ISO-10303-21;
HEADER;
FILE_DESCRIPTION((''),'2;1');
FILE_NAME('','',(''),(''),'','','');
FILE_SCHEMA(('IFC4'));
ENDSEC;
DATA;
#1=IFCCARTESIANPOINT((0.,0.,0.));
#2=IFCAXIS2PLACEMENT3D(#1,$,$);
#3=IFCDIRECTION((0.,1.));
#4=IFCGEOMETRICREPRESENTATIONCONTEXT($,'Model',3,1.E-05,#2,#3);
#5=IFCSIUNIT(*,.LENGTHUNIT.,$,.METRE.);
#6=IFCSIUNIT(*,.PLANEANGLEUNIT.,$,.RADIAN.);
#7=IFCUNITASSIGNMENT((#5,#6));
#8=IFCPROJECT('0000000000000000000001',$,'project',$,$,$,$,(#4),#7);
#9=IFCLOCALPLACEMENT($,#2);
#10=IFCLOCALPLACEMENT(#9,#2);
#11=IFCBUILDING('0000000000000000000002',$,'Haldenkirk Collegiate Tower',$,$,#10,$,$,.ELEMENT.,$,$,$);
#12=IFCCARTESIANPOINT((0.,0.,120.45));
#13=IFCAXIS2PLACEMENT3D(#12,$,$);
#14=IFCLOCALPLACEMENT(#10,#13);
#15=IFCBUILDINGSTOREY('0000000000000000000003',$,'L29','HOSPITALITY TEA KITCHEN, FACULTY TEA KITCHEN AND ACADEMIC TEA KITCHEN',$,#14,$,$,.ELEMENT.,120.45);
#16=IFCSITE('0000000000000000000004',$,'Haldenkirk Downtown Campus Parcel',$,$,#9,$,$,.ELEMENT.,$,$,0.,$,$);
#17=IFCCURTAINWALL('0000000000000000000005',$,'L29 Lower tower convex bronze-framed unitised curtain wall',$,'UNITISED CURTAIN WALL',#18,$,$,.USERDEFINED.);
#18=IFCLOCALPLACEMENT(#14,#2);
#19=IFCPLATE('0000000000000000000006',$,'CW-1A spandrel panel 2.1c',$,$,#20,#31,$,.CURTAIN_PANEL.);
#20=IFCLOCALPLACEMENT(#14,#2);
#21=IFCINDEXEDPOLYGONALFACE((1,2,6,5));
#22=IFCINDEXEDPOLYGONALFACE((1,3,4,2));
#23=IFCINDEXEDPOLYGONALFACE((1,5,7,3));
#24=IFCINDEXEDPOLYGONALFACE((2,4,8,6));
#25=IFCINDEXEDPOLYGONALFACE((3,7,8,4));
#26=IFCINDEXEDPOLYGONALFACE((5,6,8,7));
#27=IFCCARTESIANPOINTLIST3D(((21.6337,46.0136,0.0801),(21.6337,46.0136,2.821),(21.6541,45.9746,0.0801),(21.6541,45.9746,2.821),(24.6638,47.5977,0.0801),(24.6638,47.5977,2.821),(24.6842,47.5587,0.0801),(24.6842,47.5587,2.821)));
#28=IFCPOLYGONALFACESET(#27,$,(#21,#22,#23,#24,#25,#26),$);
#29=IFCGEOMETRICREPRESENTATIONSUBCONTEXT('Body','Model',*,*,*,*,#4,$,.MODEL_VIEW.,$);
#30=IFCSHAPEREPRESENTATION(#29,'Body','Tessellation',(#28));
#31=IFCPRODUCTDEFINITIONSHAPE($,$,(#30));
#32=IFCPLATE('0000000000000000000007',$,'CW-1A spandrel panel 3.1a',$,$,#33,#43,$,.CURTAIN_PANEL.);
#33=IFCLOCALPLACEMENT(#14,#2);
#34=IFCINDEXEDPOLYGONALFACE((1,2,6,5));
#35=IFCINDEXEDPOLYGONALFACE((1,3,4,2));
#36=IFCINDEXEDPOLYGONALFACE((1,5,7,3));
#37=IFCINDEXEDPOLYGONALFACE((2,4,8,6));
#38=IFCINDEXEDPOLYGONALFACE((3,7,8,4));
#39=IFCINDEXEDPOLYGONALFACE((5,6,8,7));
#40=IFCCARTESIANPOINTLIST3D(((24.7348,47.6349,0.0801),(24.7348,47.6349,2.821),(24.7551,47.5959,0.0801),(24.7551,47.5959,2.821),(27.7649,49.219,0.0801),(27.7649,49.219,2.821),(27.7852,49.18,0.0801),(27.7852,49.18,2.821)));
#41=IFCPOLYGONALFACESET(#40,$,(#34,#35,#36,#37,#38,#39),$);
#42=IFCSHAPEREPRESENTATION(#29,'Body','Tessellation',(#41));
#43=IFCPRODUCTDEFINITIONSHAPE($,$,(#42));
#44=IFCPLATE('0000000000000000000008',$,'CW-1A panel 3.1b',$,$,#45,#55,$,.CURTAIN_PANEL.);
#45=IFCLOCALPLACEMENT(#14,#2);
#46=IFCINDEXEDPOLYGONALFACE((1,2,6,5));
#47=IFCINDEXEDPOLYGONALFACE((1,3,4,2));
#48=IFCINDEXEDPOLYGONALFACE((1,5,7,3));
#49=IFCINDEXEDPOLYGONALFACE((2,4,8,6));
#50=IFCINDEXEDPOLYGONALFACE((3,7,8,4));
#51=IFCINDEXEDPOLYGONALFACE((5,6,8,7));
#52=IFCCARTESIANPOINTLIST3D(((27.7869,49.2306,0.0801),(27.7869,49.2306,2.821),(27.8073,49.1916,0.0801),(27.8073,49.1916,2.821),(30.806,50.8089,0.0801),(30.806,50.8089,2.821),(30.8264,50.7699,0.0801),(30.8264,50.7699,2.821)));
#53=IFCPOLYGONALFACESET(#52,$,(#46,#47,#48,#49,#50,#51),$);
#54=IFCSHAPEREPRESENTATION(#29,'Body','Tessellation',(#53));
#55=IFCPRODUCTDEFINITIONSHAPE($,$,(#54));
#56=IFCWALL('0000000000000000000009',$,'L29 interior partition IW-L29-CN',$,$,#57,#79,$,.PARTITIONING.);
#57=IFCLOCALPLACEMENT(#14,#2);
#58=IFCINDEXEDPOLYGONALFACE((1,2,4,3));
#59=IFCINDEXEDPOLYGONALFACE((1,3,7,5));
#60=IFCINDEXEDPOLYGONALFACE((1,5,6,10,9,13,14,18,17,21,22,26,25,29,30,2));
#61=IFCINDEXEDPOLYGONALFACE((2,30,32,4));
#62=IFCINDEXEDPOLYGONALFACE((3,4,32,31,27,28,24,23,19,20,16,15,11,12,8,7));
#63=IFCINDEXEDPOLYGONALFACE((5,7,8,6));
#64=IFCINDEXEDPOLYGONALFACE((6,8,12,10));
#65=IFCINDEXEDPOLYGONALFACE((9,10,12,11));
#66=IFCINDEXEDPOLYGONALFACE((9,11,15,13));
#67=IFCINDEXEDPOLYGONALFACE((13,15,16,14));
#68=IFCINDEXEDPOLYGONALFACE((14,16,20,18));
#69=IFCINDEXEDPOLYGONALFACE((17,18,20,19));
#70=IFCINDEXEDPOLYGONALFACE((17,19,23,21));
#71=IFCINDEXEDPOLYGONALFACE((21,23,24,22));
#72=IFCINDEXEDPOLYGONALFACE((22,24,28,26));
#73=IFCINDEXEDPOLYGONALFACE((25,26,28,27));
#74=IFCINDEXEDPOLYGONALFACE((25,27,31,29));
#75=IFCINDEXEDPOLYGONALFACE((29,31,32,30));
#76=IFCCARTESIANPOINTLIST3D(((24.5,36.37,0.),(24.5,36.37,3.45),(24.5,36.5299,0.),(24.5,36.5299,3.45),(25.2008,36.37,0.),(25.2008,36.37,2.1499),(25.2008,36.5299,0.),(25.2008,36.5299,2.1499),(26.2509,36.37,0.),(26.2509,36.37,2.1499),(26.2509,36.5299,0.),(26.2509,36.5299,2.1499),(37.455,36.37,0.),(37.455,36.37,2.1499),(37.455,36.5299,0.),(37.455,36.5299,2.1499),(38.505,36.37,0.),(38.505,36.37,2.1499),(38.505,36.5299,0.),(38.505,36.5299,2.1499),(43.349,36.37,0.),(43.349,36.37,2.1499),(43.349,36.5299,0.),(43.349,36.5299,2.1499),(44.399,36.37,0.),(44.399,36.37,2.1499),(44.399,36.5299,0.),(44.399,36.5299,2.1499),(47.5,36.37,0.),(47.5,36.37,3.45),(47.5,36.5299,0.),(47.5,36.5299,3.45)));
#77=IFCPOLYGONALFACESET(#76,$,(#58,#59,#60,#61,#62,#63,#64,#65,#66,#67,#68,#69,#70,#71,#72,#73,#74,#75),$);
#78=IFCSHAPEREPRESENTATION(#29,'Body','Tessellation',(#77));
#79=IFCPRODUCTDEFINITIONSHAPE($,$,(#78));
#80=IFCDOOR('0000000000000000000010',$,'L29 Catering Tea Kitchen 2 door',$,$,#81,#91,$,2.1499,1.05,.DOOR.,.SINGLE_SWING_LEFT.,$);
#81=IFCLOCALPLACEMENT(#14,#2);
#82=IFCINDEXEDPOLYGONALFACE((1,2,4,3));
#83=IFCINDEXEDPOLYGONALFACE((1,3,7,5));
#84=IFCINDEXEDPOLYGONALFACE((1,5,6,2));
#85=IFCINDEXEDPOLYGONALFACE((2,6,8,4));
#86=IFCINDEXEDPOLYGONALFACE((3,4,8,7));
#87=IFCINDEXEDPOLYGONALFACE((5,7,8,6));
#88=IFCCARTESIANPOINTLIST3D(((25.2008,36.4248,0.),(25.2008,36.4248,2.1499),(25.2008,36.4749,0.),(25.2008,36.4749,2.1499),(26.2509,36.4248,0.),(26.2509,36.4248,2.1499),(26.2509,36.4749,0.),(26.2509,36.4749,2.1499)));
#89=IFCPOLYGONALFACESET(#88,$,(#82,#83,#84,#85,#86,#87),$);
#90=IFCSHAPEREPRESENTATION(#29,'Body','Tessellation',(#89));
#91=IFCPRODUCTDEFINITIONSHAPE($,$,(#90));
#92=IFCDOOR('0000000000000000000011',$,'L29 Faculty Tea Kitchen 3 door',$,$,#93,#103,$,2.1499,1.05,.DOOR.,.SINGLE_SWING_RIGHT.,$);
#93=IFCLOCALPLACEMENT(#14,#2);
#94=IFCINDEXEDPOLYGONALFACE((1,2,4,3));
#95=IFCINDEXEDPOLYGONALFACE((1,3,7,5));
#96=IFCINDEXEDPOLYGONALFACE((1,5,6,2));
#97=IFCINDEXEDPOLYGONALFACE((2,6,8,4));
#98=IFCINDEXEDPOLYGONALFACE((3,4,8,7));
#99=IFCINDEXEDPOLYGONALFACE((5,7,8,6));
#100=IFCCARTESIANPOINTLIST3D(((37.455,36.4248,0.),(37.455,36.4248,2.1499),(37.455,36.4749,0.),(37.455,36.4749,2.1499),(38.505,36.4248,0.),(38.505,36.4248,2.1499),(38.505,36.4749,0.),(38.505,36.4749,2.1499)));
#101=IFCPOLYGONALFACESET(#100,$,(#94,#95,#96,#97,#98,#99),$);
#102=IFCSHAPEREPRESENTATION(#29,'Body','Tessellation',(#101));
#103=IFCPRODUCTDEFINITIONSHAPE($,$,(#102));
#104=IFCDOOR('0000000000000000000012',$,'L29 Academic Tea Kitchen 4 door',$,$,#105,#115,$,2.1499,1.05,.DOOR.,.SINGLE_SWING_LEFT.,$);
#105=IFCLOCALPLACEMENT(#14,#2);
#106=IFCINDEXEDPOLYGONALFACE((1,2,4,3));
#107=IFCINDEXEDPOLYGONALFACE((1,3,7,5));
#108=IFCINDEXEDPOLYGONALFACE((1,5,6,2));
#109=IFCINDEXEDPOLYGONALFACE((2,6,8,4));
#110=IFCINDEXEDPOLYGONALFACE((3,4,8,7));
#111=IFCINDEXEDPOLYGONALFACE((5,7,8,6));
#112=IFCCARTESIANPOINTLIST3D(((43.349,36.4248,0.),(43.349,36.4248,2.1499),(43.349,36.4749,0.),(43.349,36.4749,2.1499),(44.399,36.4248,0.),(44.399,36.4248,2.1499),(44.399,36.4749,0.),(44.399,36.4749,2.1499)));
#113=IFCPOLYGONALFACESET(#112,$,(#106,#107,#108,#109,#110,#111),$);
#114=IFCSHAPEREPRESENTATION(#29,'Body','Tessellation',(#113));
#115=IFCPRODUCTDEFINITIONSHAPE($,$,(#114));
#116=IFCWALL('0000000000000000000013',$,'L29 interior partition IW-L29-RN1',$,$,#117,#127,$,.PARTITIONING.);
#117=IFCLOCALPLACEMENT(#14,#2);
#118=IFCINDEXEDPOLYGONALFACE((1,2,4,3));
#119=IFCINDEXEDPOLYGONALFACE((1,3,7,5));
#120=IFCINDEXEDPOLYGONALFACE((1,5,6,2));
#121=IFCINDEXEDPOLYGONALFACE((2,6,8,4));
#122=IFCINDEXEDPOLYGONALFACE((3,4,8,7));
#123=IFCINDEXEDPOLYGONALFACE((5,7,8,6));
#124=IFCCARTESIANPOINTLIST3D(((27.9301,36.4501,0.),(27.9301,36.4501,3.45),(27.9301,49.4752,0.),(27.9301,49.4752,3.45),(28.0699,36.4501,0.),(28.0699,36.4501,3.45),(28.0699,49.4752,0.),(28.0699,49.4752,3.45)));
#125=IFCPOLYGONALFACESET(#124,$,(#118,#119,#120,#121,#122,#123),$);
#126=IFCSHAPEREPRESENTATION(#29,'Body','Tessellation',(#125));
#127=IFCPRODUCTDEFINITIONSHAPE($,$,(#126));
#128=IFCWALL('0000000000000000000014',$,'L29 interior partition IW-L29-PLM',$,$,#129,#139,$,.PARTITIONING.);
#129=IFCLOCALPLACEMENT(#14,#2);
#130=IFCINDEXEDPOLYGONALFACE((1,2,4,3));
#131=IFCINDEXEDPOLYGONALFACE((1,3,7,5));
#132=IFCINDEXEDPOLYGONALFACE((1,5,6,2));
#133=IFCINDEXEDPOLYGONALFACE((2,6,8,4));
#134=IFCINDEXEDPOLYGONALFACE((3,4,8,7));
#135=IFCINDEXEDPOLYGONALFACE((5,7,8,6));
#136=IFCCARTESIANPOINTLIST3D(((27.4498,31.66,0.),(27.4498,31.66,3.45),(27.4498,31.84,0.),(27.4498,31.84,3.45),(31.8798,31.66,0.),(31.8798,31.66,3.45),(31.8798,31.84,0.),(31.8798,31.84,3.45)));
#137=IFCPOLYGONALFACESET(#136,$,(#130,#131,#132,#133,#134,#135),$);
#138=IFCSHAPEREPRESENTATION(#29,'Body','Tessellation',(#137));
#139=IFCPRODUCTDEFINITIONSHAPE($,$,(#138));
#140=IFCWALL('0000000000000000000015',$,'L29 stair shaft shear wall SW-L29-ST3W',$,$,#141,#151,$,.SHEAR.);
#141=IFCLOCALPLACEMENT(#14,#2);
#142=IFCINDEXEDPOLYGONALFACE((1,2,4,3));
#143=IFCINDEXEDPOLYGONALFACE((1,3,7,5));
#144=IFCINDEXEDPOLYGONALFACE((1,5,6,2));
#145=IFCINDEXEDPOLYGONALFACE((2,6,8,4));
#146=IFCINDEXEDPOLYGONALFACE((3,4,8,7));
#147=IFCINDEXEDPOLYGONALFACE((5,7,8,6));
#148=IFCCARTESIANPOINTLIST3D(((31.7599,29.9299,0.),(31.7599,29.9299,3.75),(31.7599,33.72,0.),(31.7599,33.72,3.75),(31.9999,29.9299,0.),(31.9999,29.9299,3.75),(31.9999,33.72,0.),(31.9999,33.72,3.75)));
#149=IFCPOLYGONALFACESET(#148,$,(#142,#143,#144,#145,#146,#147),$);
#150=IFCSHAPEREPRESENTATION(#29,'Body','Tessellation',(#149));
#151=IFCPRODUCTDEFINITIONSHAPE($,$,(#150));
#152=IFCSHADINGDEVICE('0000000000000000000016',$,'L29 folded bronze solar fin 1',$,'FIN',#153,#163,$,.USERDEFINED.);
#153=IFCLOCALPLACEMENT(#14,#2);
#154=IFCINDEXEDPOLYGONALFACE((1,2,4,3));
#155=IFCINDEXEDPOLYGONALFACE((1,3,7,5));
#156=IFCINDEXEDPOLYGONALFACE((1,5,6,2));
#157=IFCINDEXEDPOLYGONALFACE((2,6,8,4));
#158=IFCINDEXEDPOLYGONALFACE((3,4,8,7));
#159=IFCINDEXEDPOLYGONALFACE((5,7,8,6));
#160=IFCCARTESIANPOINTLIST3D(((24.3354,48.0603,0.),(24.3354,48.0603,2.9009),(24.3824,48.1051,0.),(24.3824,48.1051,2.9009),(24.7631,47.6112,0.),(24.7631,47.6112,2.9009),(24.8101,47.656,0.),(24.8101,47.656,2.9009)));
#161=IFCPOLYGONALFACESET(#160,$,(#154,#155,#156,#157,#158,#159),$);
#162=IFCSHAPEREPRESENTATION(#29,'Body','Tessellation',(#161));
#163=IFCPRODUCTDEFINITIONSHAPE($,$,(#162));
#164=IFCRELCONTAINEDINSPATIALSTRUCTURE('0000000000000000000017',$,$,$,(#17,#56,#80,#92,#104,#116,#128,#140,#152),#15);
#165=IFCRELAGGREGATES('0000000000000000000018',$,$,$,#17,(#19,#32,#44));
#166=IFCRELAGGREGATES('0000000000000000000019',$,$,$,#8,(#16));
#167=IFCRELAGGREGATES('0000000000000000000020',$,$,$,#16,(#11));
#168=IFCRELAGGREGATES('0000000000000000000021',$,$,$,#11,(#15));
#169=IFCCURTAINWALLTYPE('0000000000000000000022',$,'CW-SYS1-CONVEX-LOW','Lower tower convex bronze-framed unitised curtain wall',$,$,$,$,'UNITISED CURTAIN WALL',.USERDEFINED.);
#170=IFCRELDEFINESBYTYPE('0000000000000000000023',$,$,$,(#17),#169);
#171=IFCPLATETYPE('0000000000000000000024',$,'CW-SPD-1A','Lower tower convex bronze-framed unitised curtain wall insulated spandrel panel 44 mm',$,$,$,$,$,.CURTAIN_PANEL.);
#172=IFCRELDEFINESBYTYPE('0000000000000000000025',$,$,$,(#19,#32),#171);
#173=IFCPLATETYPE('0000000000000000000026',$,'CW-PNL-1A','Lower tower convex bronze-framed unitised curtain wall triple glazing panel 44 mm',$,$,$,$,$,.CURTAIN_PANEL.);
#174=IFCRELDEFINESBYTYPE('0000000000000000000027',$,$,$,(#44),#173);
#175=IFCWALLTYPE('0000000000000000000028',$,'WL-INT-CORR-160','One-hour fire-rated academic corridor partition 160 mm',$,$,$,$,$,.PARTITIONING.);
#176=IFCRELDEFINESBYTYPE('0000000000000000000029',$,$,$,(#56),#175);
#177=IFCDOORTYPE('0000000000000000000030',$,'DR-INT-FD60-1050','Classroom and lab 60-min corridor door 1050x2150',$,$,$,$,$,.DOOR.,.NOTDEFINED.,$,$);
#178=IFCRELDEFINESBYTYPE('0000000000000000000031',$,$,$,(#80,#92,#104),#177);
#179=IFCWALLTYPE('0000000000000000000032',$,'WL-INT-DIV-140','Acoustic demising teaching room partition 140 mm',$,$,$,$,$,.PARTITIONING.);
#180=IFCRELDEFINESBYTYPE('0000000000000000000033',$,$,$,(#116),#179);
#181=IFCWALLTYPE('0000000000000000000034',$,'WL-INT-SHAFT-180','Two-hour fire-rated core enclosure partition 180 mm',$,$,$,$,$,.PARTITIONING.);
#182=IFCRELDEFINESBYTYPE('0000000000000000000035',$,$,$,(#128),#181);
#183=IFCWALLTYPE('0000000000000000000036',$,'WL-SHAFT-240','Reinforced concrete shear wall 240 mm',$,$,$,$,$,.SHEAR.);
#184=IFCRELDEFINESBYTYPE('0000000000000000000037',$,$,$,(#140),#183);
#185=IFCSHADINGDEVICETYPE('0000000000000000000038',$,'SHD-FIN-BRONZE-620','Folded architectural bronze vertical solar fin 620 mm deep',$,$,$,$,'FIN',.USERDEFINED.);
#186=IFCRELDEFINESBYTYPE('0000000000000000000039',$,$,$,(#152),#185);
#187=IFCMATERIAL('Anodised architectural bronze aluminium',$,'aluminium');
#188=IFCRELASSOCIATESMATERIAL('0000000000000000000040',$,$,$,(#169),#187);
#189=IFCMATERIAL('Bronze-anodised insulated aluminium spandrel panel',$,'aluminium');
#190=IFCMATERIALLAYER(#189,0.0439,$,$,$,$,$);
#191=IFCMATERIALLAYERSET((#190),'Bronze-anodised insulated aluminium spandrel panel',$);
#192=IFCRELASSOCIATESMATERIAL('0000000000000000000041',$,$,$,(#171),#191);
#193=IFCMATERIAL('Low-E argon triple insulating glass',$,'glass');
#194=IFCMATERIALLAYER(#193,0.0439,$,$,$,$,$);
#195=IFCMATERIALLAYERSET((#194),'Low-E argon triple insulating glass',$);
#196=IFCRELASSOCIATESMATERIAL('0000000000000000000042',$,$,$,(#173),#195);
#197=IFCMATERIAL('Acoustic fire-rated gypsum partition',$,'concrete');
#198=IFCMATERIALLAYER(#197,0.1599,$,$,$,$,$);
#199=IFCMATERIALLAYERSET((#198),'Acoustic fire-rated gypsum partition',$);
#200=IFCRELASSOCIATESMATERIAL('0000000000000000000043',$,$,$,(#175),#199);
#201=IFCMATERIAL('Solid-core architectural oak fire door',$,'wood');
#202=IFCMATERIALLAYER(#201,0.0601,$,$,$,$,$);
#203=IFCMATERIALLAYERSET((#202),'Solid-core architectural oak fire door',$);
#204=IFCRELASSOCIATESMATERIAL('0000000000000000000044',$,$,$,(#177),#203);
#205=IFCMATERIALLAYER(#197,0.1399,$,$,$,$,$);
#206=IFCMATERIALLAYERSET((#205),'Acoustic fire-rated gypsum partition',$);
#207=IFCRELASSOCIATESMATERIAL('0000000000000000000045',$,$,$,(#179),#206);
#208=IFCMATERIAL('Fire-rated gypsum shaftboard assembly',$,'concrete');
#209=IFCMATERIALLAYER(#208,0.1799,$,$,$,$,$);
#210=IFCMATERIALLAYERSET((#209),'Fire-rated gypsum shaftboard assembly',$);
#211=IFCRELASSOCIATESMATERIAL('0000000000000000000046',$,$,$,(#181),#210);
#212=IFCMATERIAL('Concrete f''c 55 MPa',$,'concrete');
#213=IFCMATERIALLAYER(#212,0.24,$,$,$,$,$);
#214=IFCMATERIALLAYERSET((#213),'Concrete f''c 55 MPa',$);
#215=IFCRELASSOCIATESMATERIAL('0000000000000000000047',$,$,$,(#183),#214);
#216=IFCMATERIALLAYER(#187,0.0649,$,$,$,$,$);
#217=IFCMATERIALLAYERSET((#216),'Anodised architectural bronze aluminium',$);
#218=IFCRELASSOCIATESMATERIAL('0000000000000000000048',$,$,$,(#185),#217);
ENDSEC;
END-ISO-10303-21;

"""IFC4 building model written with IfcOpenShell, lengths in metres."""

from ifc_helpers import new_model, si_unit, direction, frame, frame_2d, origin, origin_2d, place, context, subcontext, project, spatial, rectangle, extrude, source, transform, mapped, material, layer, layer_set, type_object, element, fill, aggregate, save


model = new_model("IFC4")

# Units and contexts
model_context = context("Model", 3, precision=1e-05, world=origin(), true_north=direction((0.0, 1.0)))
body_context = subcontext(model_context, "Body", "Model", "MODEL_VIEW")
ifc_project = project(units=[si_unit("LENGTHUNIT", "METRE"), si_unit("PLANEANGLEUNIT", "RADIAN")], contexts=[model_context])

# Site, building, storey
site_placement = place(None, origin())
site = spatial("IfcSite", under=ifc_project, at=site_placement, Name="Haldenkirk Downtown Campus Parcel", CompositionType="ELEMENT", RefElevation=0.0)
building_placement = place(site_placement, origin())
building = spatial("IfcBuilding", under=site, at=building_placement, Name="Haldenkirk Collegiate Tower", CompositionType="ELEMENT")
storey_placement = place(building_placement, frame((0.0, 0.0, 120.45)))
storey = spatial("IfcBuildingStorey", under=building, at=storey_placement, Name="L29", Description="HOSPITALITY TEA KITCHEN, FACULTY TEA KITCHEN AND ACADEMIC TEA KITCHEN", CompositionType="ELEMENT", Elevation=120.45)

# Curtain wall
ifc_material_1 = material(Name="Anodised architectural bronze aluminium", Category="aluminium")
curtain_wall_type = type_object("IfcCurtainWallType", Name="CW-SYS1-CONVEX-LOW", Description="Lower tower convex bronze-framed unitised curtain wall", ElementType="UNITISED CURTAIN WALL", PredefinedType="USERDEFINED", material=ifc_material_1)
curtain_wall_placement = place(storey_placement, origin())
curtain_wall = element("IfcCurtainWall", 1, at=curtain_wall_placement, inside=storey, type_object=curtain_wall_type, Name="L29 Lower tower convex bronze-framed unitised curtain wall", ObjectType="UNITISED CURTAIN WALL", PredefinedType="USERDEFINED")

# Plates
ifc_material_2 = material(Name="Bronze-anodised insulated aluminium spandrel panel", Category="aluminium")
ifc_layer_1 = layer(ifc_material_2, 0.0439)
ifc_layer_set_1 = layer_set([ifc_layer_1], Name="Bronze-anodised insulated aluminium spandrel panel")
plate_type_1 = type_object("IfcPlateType", Name="CW-SPD-1A", Description="Lower tower convex bronze-framed unitised curtain wall insulated spandrel panel 44 mm", PredefinedType="CURTAIN_PANEL", material=ifc_layer_set_1)
shared_shape_1 = source(origin(), body_context, "Body", "SweptSolid", [
    extrude(rectangle(XDim=3.4192, YDim=0.0439, at=origin_2d()), origin(), (0.0, 0.0, 1.0), 2.741),
])
plate_1_placement = place(storey_placement, frame((23.1589, 46.7861, 0.0801), z_axis=(0.0, 0.0, 1.0), x_axis=(0.886203, 0.463297, 0.0)))
plate_1 = element("IfcPlate", 2, at=plate_1_placement, type_object=plate_type_1, Name="CW-1A spandrel panel 2.1c", PredefinedType="CURTAIN_PANEL", context=body_context, shape_type="MappedRepresentation", body=[
    mapped(shared_shape_1, transform((0.0, 0.0, 0.0), x_axis=(1.0, 0.0, 0.0), y_axis=(0.0, 1.0, 0.0), z_axis=(0.0, 0.0, 1.0), scale=1.0)),
])
plate_2_placement = place(storey_placement, frame((26.26, 48.4075, 0.0801), z_axis=(0.0, 0.0, 1.0), x_axis=(0.886203, 0.463297, 0.0)))
plate_2 = element("IfcPlate", 3, at=plate_2_placement, type_object=plate_type_1, Name="CW-1A spandrel panel 3.1a", PredefinedType="CURTAIN_PANEL", context=body_context, shape_type="MappedRepresentation", body=[
    mapped(shared_shape_1, transform((0.0, 0.0, 0.0), x_axis=(1.0, 0.0, 0.0), y_axis=(0.0, 1.0, 0.0), z_axis=(0.0, 0.0, 1.0), scale=1.0)),
])
ifc_material_3 = material(Name="Low-E argon triple insulating glass", Category="glass")
ifc_layer_2 = layer(ifc_material_3, 0.0439)
ifc_layer_set_2 = layer_set([ifc_layer_2], Name="Low-E argon triple insulating glass")
plate_type_2 = type_object("IfcPlateType", Name="CW-PNL-1A", Description="Lower tower convex bronze-framed unitised curtain wall triple glazing panel 44 mm", PredefinedType="CURTAIN_PANEL", material=ifc_layer_set_2)
shared_shape_2 = source(origin(), body_context, "Body", "SweptSolid", [
    extrude(rectangle(XDim=3.4067, YDim=0.0439, at=origin_2d()), origin(), (0.0, 0.0, 1.0), 2.741),
])
plate_3_placement = place(storey_placement, frame((29.3066, 50.0002, 0.0801), z_axis=(0.0, 0.0, 1.0), x_axis=(0.886203, 0.463297, 0.0)))
plate_3 = element("IfcPlate", 4, at=plate_3_placement, type_object=plate_type_2, Name="CW-1A panel 3.1b", PredefinedType="CURTAIN_PANEL", context=body_context, shape_type="MappedRepresentation", body=[
    mapped(shared_shape_2, transform((0.0, 0.0, 0.0), x_axis=(1.0, 0.0, 0.0), y_axis=(0.0, 1.0, 0.0), z_axis=(0.0, 0.0, 1.0), scale=1.0)),
])
aggregate(curtain_wall, [plate_1, plate_2, plate_3])

# Wall, openings, doors
ifc_material_4 = material(Name="Acoustic fire-rated gypsum partition", Category="concrete")
ifc_layer_3 = layer(ifc_material_4, 0.1599)
ifc_layer_set_3 = layer_set([ifc_layer_3], Name="Acoustic fire-rated gypsum partition")
wall_type_1 = type_object("IfcWallType", Name="WL-INT-CORR-160", Description="One-hour fire-rated academic corridor partition 160 mm", PredefinedType="PARTITIONING", material=ifc_layer_set_3)
wall_1_placement = place(storey_placement, frame((24.5, 36.45, 0.0), z_axis=(0.0, 0.0, 1.0), x_axis=(1.0, 0.0, 0.0)))
wall_1 = element("IfcWall", 5, at=wall_1_placement, inside=storey, type_object=wall_type_1, Name="L29 interior partition IW-L29-CN", PredefinedType="PARTITIONING", context=body_context, shape_type="SweptSolid", body=[
    extrude(rectangle(XDim=23.0, YDim=0.1599, at=frame_2d((11.5, 0.0))), origin(), (0.0, 0.0, 1.0), 3.45),
])
opening_1_placement = place(wall_1_placement, frame((0.7009, 0.0, 0.0)))
opening_1 = element("IfcOpeningElement", 6, at=opening_1_placement, cuts=wall_1, PredefinedType="OPENING", context=body_context, shape_type="SweptSolid", body=[
    extrude(rectangle(XDim=1.05, YDim=2.1499, at=frame_2d((0.5249, 1.075))), frame((0.0, 0.0898, 0.0), z_axis=(0.0, -1.0, 0.0), x_axis=(1.0, 0.0, 0.0)), (0.0, 0.0, 1.0), 0.1799),
])
opening_2_placement = place(wall_1_placement, frame((12.9551, 0.0, 0.0)))
opening_2 = element("IfcOpeningElement", 7, at=opening_2_placement, cuts=wall_1, PredefinedType="OPENING", context=body_context, shape_type="SweptSolid", body=[
    extrude(rectangle(XDim=1.05, YDim=2.1499, at=frame_2d((0.5249, 1.075))), frame((0.0, 0.0898, 0.0), z_axis=(0.0, -1.0, 0.0), x_axis=(1.0, 0.0, 0.0)), (0.0, 0.0, 1.0), 0.1799),
])
opening_3_placement = place(wall_1_placement, frame((18.8491, 0.0, 0.0)))
opening_3 = element("IfcOpeningElement", 8, at=opening_3_placement, cuts=wall_1, PredefinedType="OPENING", context=body_context, shape_type="SweptSolid", body=[
    extrude(rectangle(XDim=1.05, YDim=2.1499, at=frame_2d((0.5249, 1.075))), frame((0.0, 0.0898, 0.0), z_axis=(0.0, -1.0, 0.0), x_axis=(1.0, 0.0, 0.0)), (0.0, 0.0, 1.0), 0.1799),
])
ifc_material_5 = material(Name="Solid-core architectural oak fire door", Category="wood")
ifc_layer_4 = layer(ifc_material_5, 0.0601)
ifc_layer_set_4 = layer_set([ifc_layer_4], Name="Solid-core architectural oak fire door")
door_type_1 = type_object("IfcDoorType", Name="DR-INT-FD60-1050", Description="Classroom and lab 60-min corridor door 1050x2150", OperationType="NOTDEFINED", PredefinedType="DOOR", material=ifc_layer_set_4)
door_1_placement = place(opening_1_placement, origin())
door_1 = element("IfcDoor", 9, at=door_1_placement, inside=storey, type_object=door_type_1, Name="L29 Catering Tea Kitchen 2 door", OperationType="SINGLE_SWING_LEFT", OverallHeight=2.1499, OverallWidth=1.05, PredefinedType="DOOR", context=body_context, shape_type="SweptSolid", body=[
    extrude(rectangle(XDim=1.05, YDim=2.1499, at=frame_2d((0.5249, 1.075))), frame((0.0, 0.0249, 0.0), z_axis=(0.0, -1.0, 0.0), x_axis=(1.0, 0.0, 0.0)), (0.0, 0.0, 1.0), 0.05),
])
fill(opening_1, door_1)
door_2_placement = place(opening_2_placement, origin())
door_2 = element("IfcDoor", 10, at=door_2_placement, inside=storey, type_object=door_type_1, Name="L29 Faculty Tea Kitchen 3 door", OperationType="SINGLE_SWING_RIGHT", OverallHeight=2.1499, OverallWidth=1.05, PredefinedType="DOOR", context=body_context, shape_type="SweptSolid", body=[
    extrude(rectangle(XDim=1.05, YDim=2.1499, at=frame_2d((0.5249, 1.075))), frame((0.0, 0.0249, 0.0), z_axis=(0.0, -1.0, 0.0), x_axis=(1.0, 0.0, 0.0)), (0.0, 0.0, 1.0), 0.05),
])
fill(opening_2, door_2)
door_3_placement = place(opening_3_placement, origin())
door_3 = element("IfcDoor", 11, at=door_3_placement, inside=storey, type_object=door_type_1, Name="L29 Academic Tea Kitchen 4 door", OperationType="SINGLE_SWING_LEFT", OverallHeight=2.1499, OverallWidth=1.05, PredefinedType="DOOR", context=body_context, shape_type="SweptSolid", body=[
    extrude(rectangle(XDim=1.05, YDim=2.1499, at=frame_2d((0.5249, 1.075))), frame((0.0, 0.0249, 0.0), z_axis=(0.0, -1.0, 0.0), x_axis=(1.0, 0.0, 0.0)), (0.0, 0.0, 1.0), 0.05),
])
fill(opening_3, door_3)

# Walls
ifc_layer_5 = layer(ifc_material_4, 0.1399)
ifc_layer_set_5 = layer_set([ifc_layer_5], Name="Acoustic fire-rated gypsum partition")
wall_type_2 = type_object("IfcWallType", Name="WL-INT-DIV-140", Description="Acoustic demising teaching room partition 140 mm", PredefinedType="PARTITIONING", material=ifc_layer_set_5)
wall_2_placement = place(storey_placement, frame((28.0, 36.45, 0.0), z_axis=(0.0, 0.0, 1.0), x_axis=(0.0, 1.0, 0.0)))
element("IfcWall", 12, at=wall_2_placement, inside=storey, type_object=wall_type_2, Name="L29 interior partition IW-L29-RN1", PredefinedType="PARTITIONING", context=body_context, shape_type="SweptSolid", body=[
    extrude(rectangle(XDim=13.0251, YDim=0.1399, at=frame_2d((6.5127, 0.0))), origin(), (0.0, 0.0, 1.0), 3.45),
])
ifc_material_6 = material(Name="Fire-rated gypsum shaftboard assembly", Category="concrete")
ifc_layer_6 = layer(ifc_material_6, 0.1799)
ifc_layer_set_6 = layer_set([ifc_layer_6], Name="Fire-rated gypsum shaftboard assembly")
wall_type_3 = type_object("IfcWallType", Name="WL-INT-SHAFT-180", Description="Two-hour fire-rated core enclosure partition 180 mm", PredefinedType="PARTITIONING", material=ifc_layer_set_6)
wall_3_placement = place(storey_placement, frame((27.45, 31.75, 0.0), z_axis=(0.0, 0.0, 1.0), x_axis=(1.0, 0.0, 0.0)))
element("IfcWall", 13, at=wall_3_placement, inside=storey, type_object=wall_type_3, Name="L29 interior partition IW-L29-PLM", PredefinedType="PARTITIONING", context=body_context, shape_type="SweptSolid", body=[
    extrude(rectangle(XDim=4.4299, YDim=0.1799, at=frame_2d((2.2148, 0.0))), origin(), (0.0, 0.0, 1.0), 3.45),
])
ifc_material_7 = material(Name="Concrete f'c 55 MPa", Category="concrete")
ifc_layer_7 = layer(ifc_material_7, 0.24)
ifc_layer_set_7 = layer_set([ifc_layer_7], Name="Concrete f'c 55 MPa")
wall_type_4 = type_object("IfcWallType", Name="WL-SHAFT-240", Description="Reinforced concrete shear wall 240 mm", PredefinedType="SHEAR", material=ifc_layer_set_7)
wall_4_placement = place(storey_placement, frame((31.8799, 29.9299, 0.0), z_axis=(0.0, 0.0, 1.0), x_axis=(0.0, 1.0, 0.0)))
element("IfcWall", 14, at=wall_4_placement, inside=storey, type_object=wall_type_4, Name="L29 stair shaft shear wall SW-L29-ST3W", PredefinedType="SHEAR", context=body_context, shape_type="SweptSolid", body=[
    extrude(rectangle(XDim=3.79, YDim=0.24, at=frame_2d((1.895, 0.0))), origin(), (0.0, 0.0, 1.0), 3.75),
])

# Shading device
ifc_layer_8 = layer(ifc_material_1, 0.0649)
ifc_layer_set_8 = layer_set([ifc_layer_8], Name="Anodised architectural bronze aluminium")
shading_device_type = type_object("IfcShadingDeviceType", Name="SHD-FIN-BRONZE-620", Description="Folded architectural bronze vertical solar fin 620 mm deep", ElementType="FIN", PredefinedType="USERDEFINED", material=ifc_layer_set_8)
shared_shape_3 = source(origin(), body_context, "Body", "SweptSolid", [
    extrude(rectangle(XDim=0.6201, YDim=0.0649, at=origin_2d()), origin(), (0.0, 0.0, 1.0), 2.9009),
])
shading_device_placement = place(storey_placement, frame((24.5728, 47.8582, 0.0), z_axis=(0.0, 0.0, 1.0), x_axis=(-0.68962, 0.724172, 0.0)))
element("IfcShadingDevice", 15, at=shading_device_placement, inside=storey, type_object=shading_device_type, Name="L29 folded bronze solar fin 1", ObjectType="FIN", PredefinedType="USERDEFINED", context=body_context, shape_type="MappedRepresentation", body=[
    mapped(shared_shape_3, transform((0.0, 0.0, 0.0), x_axis=(1.0, 0.0, 0.0), y_axis=(0.0, 1.0, 0.0), z_axis=(0.0, 0.0, 1.0), scale=1.0)),
])

save(model, "model.ifc")
